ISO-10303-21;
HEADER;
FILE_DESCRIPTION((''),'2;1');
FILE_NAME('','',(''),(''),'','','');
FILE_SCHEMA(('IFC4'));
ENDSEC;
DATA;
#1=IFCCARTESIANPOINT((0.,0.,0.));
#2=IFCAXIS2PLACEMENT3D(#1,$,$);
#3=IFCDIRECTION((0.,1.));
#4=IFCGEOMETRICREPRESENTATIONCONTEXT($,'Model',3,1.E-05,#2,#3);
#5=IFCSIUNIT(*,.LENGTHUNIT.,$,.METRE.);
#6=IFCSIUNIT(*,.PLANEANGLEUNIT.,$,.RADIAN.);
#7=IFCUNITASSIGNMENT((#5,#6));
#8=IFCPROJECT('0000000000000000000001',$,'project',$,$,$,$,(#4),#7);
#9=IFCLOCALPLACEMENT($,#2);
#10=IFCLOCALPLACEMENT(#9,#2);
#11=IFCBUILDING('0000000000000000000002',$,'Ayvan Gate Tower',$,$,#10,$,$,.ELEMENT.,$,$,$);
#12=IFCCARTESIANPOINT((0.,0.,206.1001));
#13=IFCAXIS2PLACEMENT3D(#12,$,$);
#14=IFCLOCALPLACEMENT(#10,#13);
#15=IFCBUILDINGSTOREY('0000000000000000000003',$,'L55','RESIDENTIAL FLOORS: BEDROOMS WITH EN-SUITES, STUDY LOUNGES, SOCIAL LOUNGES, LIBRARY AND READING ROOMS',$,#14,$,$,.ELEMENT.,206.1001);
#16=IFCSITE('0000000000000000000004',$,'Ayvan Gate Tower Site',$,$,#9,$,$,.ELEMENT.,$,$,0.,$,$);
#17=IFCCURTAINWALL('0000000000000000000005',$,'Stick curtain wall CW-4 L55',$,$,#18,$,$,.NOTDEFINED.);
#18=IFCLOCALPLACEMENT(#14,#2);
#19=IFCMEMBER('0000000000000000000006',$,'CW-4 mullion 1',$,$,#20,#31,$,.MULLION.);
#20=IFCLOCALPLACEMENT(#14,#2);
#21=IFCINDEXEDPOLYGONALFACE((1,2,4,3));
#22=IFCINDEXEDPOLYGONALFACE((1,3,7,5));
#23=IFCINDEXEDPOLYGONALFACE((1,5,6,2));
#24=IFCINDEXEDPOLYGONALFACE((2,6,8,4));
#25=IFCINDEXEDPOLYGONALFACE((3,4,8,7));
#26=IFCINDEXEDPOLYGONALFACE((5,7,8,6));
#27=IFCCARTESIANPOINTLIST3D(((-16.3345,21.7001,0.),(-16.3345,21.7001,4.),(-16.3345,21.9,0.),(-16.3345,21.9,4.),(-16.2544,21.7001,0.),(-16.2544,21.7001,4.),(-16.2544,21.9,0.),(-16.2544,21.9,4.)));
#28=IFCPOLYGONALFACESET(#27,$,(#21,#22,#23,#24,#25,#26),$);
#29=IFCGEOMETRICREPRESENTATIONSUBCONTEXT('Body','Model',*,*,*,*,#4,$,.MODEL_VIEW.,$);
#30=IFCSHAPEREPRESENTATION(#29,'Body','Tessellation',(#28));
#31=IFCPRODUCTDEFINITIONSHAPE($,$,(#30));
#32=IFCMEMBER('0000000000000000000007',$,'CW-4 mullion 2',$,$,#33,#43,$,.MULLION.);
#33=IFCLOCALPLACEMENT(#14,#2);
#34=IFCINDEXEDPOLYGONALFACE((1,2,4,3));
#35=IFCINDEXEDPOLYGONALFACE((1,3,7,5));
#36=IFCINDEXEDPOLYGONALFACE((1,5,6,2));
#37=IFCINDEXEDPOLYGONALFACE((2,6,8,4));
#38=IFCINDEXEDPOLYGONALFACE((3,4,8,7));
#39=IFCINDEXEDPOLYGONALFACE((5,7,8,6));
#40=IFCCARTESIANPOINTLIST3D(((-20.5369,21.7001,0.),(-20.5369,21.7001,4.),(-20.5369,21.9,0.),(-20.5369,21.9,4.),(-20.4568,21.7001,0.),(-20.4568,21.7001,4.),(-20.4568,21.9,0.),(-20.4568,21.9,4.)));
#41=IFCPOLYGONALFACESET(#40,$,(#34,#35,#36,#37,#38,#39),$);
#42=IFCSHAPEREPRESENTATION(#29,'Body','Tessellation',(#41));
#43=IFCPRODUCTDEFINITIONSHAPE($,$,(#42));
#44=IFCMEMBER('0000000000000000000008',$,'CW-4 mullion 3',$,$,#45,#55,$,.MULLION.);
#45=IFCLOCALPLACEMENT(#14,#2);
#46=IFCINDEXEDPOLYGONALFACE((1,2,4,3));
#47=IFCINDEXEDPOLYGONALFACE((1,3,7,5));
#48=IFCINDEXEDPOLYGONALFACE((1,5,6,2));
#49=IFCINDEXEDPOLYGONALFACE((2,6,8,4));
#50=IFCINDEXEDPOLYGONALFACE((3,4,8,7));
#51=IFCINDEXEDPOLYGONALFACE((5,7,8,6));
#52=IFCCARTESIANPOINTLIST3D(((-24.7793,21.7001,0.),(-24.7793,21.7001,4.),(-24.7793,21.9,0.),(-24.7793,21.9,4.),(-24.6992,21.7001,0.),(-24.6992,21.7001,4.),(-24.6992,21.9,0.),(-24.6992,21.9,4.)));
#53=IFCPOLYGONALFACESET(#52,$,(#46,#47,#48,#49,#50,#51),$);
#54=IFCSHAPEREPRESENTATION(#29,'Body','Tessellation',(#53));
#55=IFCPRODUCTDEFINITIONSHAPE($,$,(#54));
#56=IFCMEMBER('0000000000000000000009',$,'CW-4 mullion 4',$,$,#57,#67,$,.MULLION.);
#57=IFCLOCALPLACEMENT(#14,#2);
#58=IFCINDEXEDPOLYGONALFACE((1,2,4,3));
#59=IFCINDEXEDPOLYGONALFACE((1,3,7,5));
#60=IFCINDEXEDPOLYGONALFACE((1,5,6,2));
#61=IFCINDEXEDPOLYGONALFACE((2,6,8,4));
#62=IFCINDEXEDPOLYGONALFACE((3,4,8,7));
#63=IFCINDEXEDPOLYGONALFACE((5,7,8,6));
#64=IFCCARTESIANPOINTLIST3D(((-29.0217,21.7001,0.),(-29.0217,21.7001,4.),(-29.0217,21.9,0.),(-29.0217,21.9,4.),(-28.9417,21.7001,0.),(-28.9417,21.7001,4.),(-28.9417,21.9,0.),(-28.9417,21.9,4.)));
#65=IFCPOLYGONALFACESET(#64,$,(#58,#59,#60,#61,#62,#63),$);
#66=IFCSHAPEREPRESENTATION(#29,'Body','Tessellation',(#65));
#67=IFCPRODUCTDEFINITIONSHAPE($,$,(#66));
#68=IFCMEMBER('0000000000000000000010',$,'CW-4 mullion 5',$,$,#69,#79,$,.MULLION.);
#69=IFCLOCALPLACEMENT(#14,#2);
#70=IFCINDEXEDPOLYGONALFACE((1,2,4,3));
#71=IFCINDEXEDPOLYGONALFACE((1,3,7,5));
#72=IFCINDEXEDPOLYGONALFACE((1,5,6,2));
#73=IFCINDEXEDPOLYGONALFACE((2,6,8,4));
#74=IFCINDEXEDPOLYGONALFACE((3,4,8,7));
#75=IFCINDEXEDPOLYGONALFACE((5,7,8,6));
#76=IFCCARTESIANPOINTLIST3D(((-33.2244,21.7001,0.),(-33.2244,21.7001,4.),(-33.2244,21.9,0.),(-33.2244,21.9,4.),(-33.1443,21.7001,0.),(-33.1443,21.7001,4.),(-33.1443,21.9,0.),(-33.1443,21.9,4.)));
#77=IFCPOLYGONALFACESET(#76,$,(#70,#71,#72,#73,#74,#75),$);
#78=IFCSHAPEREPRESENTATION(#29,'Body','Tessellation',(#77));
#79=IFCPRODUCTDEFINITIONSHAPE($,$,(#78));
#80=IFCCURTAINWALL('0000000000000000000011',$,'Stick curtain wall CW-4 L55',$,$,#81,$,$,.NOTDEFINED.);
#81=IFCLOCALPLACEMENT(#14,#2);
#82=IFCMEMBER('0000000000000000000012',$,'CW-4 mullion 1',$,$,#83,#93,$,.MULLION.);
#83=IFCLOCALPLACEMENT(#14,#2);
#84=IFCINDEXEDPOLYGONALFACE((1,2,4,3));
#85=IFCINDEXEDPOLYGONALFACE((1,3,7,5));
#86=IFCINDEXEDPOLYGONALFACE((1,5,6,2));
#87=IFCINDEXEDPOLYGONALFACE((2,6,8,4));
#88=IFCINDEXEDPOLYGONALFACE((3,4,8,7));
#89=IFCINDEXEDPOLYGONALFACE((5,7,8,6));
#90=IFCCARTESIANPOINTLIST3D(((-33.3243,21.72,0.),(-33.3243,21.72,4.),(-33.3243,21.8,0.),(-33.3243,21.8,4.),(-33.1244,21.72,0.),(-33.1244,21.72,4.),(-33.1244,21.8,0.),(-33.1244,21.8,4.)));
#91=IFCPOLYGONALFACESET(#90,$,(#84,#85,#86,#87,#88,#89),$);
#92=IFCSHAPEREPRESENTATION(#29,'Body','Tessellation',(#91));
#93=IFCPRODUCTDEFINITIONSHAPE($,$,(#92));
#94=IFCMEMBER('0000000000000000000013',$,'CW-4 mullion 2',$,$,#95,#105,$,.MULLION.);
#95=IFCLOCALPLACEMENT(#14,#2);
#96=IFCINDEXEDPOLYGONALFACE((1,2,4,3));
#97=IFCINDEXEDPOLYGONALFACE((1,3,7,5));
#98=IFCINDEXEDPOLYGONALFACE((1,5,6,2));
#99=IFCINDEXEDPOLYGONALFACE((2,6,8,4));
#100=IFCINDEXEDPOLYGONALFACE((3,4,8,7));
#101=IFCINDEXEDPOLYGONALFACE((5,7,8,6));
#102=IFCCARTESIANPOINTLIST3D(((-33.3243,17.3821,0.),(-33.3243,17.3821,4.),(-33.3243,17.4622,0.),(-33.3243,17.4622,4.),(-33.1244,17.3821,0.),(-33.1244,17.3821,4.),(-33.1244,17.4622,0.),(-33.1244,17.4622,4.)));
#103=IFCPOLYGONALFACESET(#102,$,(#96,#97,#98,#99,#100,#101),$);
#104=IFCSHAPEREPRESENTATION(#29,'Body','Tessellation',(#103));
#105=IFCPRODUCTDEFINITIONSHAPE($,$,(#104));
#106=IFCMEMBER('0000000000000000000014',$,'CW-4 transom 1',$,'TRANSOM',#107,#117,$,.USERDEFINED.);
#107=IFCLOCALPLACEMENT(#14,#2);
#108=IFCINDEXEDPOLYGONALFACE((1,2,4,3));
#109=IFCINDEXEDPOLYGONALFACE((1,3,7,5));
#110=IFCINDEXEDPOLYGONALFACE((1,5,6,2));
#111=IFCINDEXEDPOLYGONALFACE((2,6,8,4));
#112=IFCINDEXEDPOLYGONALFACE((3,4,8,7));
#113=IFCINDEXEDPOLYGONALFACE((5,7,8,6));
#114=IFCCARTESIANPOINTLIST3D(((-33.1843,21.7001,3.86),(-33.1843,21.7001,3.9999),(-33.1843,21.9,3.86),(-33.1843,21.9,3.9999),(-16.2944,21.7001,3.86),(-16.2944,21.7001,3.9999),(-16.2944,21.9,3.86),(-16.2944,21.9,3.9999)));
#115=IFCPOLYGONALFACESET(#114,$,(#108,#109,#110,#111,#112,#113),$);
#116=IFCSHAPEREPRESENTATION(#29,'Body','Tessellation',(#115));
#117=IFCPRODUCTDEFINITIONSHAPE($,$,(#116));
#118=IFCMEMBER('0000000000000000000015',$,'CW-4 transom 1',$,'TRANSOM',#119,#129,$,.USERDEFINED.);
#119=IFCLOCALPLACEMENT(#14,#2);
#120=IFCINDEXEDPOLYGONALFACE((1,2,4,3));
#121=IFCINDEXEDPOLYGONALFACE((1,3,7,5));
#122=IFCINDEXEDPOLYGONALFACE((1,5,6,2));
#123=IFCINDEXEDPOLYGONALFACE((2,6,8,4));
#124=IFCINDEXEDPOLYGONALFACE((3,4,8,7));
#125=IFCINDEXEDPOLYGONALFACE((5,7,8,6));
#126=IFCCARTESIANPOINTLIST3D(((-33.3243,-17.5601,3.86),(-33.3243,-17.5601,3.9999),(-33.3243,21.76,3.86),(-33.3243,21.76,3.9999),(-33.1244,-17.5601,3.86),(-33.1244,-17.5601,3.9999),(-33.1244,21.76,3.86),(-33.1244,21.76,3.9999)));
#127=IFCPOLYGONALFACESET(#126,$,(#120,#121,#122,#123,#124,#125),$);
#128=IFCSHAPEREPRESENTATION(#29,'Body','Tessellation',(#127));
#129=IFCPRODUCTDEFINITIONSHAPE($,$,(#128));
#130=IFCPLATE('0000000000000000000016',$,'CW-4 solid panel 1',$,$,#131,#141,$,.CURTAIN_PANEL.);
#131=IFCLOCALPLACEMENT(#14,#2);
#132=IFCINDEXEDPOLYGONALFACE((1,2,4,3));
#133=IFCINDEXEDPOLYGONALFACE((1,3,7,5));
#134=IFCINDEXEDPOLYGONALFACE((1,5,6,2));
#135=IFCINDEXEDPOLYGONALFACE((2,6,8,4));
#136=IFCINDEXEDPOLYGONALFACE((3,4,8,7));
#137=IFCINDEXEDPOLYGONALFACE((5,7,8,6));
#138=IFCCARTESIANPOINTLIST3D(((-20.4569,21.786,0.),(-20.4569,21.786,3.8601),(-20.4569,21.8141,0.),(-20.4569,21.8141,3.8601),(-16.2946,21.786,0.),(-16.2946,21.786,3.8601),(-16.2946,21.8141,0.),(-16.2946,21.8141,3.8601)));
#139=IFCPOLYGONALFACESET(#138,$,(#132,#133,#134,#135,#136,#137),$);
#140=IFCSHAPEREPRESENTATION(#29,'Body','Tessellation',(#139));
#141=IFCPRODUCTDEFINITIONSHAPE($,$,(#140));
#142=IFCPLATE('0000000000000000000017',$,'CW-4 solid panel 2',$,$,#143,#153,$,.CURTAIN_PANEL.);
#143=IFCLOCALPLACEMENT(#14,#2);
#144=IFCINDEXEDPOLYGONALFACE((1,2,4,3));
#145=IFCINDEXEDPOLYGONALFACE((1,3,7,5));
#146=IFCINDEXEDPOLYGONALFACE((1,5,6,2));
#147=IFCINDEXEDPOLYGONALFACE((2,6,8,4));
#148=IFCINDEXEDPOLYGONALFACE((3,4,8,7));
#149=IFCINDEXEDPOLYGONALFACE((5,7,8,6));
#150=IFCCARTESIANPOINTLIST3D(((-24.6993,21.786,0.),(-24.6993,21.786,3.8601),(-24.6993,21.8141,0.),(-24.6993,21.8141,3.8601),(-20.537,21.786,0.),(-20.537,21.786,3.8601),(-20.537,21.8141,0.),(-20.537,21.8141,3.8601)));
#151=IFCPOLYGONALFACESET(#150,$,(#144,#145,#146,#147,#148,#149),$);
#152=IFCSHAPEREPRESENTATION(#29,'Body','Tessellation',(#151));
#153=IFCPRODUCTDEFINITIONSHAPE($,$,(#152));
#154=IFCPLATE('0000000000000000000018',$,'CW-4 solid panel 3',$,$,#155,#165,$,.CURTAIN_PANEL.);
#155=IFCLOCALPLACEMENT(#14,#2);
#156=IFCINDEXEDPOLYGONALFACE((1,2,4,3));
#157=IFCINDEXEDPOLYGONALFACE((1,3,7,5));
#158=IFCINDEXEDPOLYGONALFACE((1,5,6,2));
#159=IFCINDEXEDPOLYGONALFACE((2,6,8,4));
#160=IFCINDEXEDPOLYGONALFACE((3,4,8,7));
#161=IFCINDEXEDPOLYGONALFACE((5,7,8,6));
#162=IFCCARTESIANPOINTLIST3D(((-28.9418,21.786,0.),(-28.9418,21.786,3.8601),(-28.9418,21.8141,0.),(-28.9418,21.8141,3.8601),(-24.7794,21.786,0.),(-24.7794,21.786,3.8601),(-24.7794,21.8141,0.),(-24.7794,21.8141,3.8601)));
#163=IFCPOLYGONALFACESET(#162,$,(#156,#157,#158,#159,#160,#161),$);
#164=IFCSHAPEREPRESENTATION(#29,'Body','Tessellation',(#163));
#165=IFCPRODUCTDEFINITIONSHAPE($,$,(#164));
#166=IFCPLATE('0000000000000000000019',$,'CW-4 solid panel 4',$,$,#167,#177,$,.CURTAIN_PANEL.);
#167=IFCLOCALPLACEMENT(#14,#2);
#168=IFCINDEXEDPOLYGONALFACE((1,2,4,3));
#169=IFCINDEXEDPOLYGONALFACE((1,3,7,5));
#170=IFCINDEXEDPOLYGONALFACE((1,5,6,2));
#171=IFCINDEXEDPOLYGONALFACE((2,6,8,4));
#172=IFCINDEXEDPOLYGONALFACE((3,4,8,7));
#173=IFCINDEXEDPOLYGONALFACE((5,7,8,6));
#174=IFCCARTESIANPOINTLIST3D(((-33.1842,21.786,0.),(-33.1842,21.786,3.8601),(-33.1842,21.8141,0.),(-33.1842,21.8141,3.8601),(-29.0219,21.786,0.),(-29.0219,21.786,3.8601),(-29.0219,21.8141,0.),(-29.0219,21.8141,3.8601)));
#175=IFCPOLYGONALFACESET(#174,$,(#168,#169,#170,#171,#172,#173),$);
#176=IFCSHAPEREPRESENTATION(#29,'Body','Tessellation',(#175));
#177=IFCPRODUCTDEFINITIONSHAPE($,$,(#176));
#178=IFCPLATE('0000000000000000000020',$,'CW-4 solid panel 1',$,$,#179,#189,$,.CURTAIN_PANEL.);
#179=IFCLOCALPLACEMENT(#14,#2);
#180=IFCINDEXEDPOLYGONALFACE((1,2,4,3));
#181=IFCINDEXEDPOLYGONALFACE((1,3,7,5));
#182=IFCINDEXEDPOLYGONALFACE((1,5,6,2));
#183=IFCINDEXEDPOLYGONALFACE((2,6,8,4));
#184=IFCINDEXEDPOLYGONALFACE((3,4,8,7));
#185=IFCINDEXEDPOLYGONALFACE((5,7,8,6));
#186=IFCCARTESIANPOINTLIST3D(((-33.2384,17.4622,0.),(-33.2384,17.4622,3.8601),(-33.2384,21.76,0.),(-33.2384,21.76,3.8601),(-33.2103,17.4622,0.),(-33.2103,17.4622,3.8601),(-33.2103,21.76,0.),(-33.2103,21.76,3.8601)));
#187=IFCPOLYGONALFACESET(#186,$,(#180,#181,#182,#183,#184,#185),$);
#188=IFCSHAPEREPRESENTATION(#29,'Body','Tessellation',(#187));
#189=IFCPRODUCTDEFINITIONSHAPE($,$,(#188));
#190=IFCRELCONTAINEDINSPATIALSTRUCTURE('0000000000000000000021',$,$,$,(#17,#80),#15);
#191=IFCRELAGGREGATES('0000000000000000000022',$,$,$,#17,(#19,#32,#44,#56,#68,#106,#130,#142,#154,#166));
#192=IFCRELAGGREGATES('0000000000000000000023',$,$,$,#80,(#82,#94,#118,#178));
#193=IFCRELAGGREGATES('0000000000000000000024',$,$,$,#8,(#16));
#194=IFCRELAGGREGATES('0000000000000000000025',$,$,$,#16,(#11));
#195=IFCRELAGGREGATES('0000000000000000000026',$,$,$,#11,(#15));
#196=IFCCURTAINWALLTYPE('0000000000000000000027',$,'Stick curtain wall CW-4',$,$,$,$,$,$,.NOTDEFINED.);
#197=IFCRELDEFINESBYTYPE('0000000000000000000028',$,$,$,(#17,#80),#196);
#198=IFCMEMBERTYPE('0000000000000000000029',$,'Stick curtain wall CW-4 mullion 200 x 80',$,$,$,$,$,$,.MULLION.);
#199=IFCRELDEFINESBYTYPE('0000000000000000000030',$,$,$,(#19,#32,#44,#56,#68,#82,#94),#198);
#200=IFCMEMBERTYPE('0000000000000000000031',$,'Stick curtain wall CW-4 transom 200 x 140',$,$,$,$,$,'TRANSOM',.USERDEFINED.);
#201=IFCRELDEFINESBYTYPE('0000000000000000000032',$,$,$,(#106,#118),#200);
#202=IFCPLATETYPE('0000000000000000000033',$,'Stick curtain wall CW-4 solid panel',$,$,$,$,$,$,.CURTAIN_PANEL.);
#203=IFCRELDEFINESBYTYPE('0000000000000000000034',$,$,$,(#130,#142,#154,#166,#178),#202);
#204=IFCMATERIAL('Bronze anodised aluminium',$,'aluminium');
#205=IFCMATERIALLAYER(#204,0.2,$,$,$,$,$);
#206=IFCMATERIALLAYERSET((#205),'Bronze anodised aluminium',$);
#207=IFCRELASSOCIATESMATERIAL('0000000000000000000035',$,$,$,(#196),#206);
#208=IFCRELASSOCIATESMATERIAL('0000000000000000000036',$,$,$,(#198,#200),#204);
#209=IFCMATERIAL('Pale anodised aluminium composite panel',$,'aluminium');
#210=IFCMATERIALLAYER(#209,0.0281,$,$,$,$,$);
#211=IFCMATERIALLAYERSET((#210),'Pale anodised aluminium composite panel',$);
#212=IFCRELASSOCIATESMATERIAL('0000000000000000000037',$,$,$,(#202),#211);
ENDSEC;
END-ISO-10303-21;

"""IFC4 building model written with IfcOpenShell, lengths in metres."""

from ifc_helpers import new_model, si_unit, direction, frame, origin, origin_2d, place, context, subcontext, project, spatial, rectangle, extrude, material, layer, layer_set, material_profile, profile_set, type_object, element, aggregate, save


model = new_model("IFC4")

# Units and contexts
model_context = context("Model", 3, precision=1e-05, world=origin(), true_north=direction((0.0, 1.0)))
body_context = subcontext(model_context, "Body", "Model", "MODEL_VIEW")
ifc_project = project(units=[si_unit("LENGTHUNIT", "METRE"), si_unit("PLANEANGLEUNIT", "RADIAN")], contexts=[model_context])

# Site, building, storey
site_placement = place(None, origin())
site = spatial("IfcSite", under=ifc_project, at=site_placement, Name="Ayvan Gate Tower Site", CompositionType="ELEMENT", RefElevation=0.0)
building_placement = place(site_placement, origin())
building = spatial("IfcBuilding", under=site, at=building_placement, Name="Ayvan Gate Tower", CompositionType="ELEMENT")
storey_placement = place(building_placement, frame((0.0, 0.0, 206.1001)))
storey = spatial("IfcBuildingStorey", under=building, at=storey_placement, Name="L55", Description="RESIDENTIAL FLOORS: BEDROOMS WITH EN-SUITES, STUDY LOUNGES, SOCIAL LOUNGES, LIBRARY AND READING ROOMS", CompositionType="ELEMENT", Elevation=206.1001)

# Curtain walls, members
ifc_material_1 = material(Name="Bronze anodised aluminium", Category="aluminium")
ifc_layer_1 = layer(ifc_material_1, 0.2)
ifc_layer_set_1 = layer_set([ifc_layer_1], Name="Bronze anodised aluminium")
curtain_wall_type = type_object("IfcCurtainWallType", Name="Stick curtain wall CW-4", PredefinedType="NOTDEFINED", material=ifc_layer_set_1)
curtain_wall_1_placement = place(storey_placement, origin())
curtain_wall_1 = element("IfcCurtainWall", 1, at=curtain_wall_1_placement, inside=storey, type_object=curtain_wall_type, Name="Stick curtain wall CW-4 L55", PredefinedType="NOTDEFINED")
ifc_material_profile_1 = material_profile(ifc_material_1, rectangle(XDim=0.2, YDim=0.0801, at=origin_2d()), Name="Stick curtain wall CW-4 mullion 200 x 80")
ifc_profile_set_1 = profile_set([ifc_material_profile_1], Name="Bronze anodised aluminium")
member_type_1 = type_object("IfcMemberType", Name="Stick curtain wall CW-4 mullion 200 x 80", PredefinedType="MULLION", material=ifc_profile_set_1)
member_1_placement = place(storey_placement, frame((-16.2944, 21.8, 0.0), z_axis=(0.0, 0.0, 1.0), x_axis=(0.0, 1.0, 0.0)))
member_1 = element("IfcMember", 2, at=member_1_placement, type_object=member_type_1, Name="CW-4 mullion 1", PredefinedType="MULLION", context=body_context, shape_type="SweptSolid", body=[
    extrude(rectangle(XDim=0.2, YDim=0.0801, at=origin_2d()), origin(), (0.0, 0.0, 1.0), 4.0),
])
member_2_placement = place(storey_placement, frame((-20.4968, 21.8, 0.0), z_axis=(0.0, 0.0, 1.0), x_axis=(0.0, 1.0, 0.0)))
member_2 = element("IfcMember", 3, at=member_2_placement, type_object=member_type_1, Name="CW-4 mullion 2", PredefinedType="MULLION", context=body_context, shape_type="SweptSolid", body=[
    extrude(rectangle(XDim=0.2, YDim=0.0801, at=origin_2d()), origin(), (0.0, 0.0, 1.0), 4.0),
])
member_3_placement = place(storey_placement, frame((-24.7393, 21.8, 0.0), z_axis=(0.0, 0.0, 1.0), x_axis=(0.0, 1.0, 0.0)))
member_3 = element("IfcMember", 4, at=member_3_placement, type_object=member_type_1, Name="CW-4 mullion 3", PredefinedType="MULLION", context=body_context, shape_type="SweptSolid", body=[
    extrude(rectangle(XDim=0.2, YDim=0.0801, at=origin_2d()), origin(), (0.0, 0.0, 1.0), 4.0),
])
member_4_placement = place(storey_placement, frame((-28.9817, 21.8, 0.0), z_axis=(0.0, 0.0, 1.0), x_axis=(0.0, 1.0, 0.0)))
member_4 = element("IfcMember", 5, at=member_4_placement, type_object=member_type_1, Name="CW-4 mullion 4", PredefinedType="MULLION", context=body_context, shape_type="SweptSolid", body=[
    extrude(rectangle(XDim=0.2, YDim=0.0801, at=origin_2d()), origin(), (0.0, 0.0, 1.0), 4.0),
])
member_5_placement = place(storey_placement, frame((-33.1843, 21.8, 0.0), z_axis=(0.0, 0.0, 1.0), x_axis=(0.0, 1.0, 0.0)))
member_5 = element("IfcMember", 6, at=member_5_placement, type_object=member_type_1, Name="CW-4 mullion 5", PredefinedType="MULLION", context=body_context, shape_type="SweptSolid", body=[
    extrude(rectangle(XDim=0.2, YDim=0.0801, at=origin_2d()), origin(), (0.0, 0.0, 1.0), 4.0),
])
curtain_wall_2_placement = place(storey_placement, origin())
curtain_wall_2 = element("IfcCurtainWall", 7, at=curtain_wall_2_placement, inside=storey, type_object=curtain_wall_type, Name="Stick curtain wall CW-4 L55", PredefinedType="NOTDEFINED")
member_6_placement = place(storey_placement, frame((-33.2244, 21.76, 0.0), z_axis=(0.0, 0.0, 1.0), x_axis=(-1.0, 0.0, 0.0)))
member_6 = element("IfcMember", 8, at=member_6_placement, type_object=member_type_1, Name="CW-4 mullion 1", PredefinedType="MULLION", context=body_context, shape_type="SweptSolid", body=[
    extrude(rectangle(XDim=0.2, YDim=0.0801, at=origin_2d()), origin(), (0.0, 0.0, 1.0), 4.0),
])
member_7_placement = place(storey_placement, frame((-33.2244, 17.4221, 0.0), z_axis=(0.0, 0.0, 1.0), x_axis=(-1.0, 0.0, 0.0)))
member_7 = element("IfcMember", 9, at=member_7_placement, type_object=member_type_1, Name="CW-4 mullion 2", PredefinedType="MULLION", context=body_context, shape_type="SweptSolid", body=[
    extrude(rectangle(XDim=0.2, YDim=0.0801, at=origin_2d()), origin(), (0.0, 0.0, 1.0), 4.0),
])

# Members
ifc_material_profile_2 = material_profile(ifc_material_1, rectangle(XDim=0.2, YDim=0.1399, at=origin_2d()), Name="Stick curtain wall CW-4 transom 200 x 140")
ifc_profile_set_2 = profile_set([ifc_material_profile_2], Name="Bronze anodised aluminium")
member_type_2 = type_object("IfcMemberType", Name="Stick curtain wall CW-4 transom 200 x 140", ElementType="TRANSOM", PredefinedType="USERDEFINED", material=ifc_profile_set_2)
member_8_placement = place(storey_placement, frame((-16.2944, 21.8, 3.9299), z_axis=(-1.0, 0.0, 0.0), x_axis=(0.0, -1.0, 0.0)))
member_8 = element("IfcMember", 10, at=member_8_placement, type_object=member_type_2, Name="CW-4 transom 1", ObjectType="TRANSOM", PredefinedType="USERDEFINED", context=body_context, shape_type="SweptSolid", body=[
    extrude(rectangle(XDim=0.2, YDim=0.1399, at=origin_2d()), origin(), (0.0, 0.0, 1.0), 16.8899),
])
member_9_placement = place(storey_placement, frame((-33.2244, 21.76, 3.9299), z_axis=(0.0, -1.0, 0.0), x_axis=(1.0, 0.0, 0.0)))
member_9 = element("IfcMember", 11, at=member_9_placement, type_object=member_type_2, Name="CW-4 transom 1", ObjectType="TRANSOM", PredefinedType="USERDEFINED", context=body_context, shape_type="SweptSolid", body=[
    extrude(rectangle(XDim=0.2, YDim=0.1399, at=origin_2d()), origin(), (0.0, 0.0, 1.0), 39.3201),
])

# Plates
ifc_material_2 = material(Name="Pale anodised aluminium composite panel", Category="aluminium")
ifc_layer_2 = layer(ifc_material_2, 0.0281)
ifc_layer_set_2 = layer_set([ifc_layer_2], Name="Pale anodised aluminium composite panel")
plate_type = type_object("IfcPlateType", Name="Stick curtain wall CW-4 solid panel", PredefinedType="CURTAIN_PANEL", material=ifc_layer_set_2)
plate_1_placement = place(storey_placement, frame((-18.3757, 21.8, 0.0), z_axis=(0.0, 0.0, 1.0), x_axis=(-1.0, 0.0, 0.0)))
plate_1 = element("IfcPlate", 12, at=plate_1_placement, type_object=plate_type, Name="CW-4 solid panel 1", PredefinedType="CURTAIN_PANEL", context=body_context, shape_type="SweptSolid", body=[
    extrude(rectangle(XDim=4.1624, YDim=0.0281, at=origin_2d()), origin(), (0.0, 0.0, 1.0), 3.8601),
])
plate_2_placement = place(storey_placement, frame((-22.6182, 21.8, 0.0), z_axis=(0.0, 0.0, 1.0), x_axis=(-1.0, 0.0, 0.0)))
plate_2 = element("IfcPlate", 13, at=plate_2_placement, type_object=plate_type, Name="CW-4 solid panel 2", PredefinedType="CURTAIN_PANEL", context=body_context, shape_type="SweptSolid", body=[
    extrude(rectangle(XDim=4.1624, YDim=0.0281, at=origin_2d()), origin(), (0.0, 0.0, 1.0), 3.8601),
])
plate_3_placement = place(storey_placement, frame((-26.8606, 21.8, 0.0), z_axis=(0.0, 0.0, 1.0), x_axis=(-1.0, 0.0, 0.0)))
plate_3 = element("IfcPlate", 14, at=plate_3_placement, type_object=plate_type, Name="CW-4 solid panel 3", PredefinedType="CURTAIN_PANEL", context=body_context, shape_type="SweptSolid", body=[
    extrude(rectangle(XDim=4.1624, YDim=0.0281, at=origin_2d()), origin(), (0.0, 0.0, 1.0), 3.8601),
])
plate_4_placement = place(storey_placement, frame((-31.103, 21.8, 0.0), z_axis=(0.0, 0.0, 1.0), x_axis=(-1.0, 0.0, 0.0)))
plate_4 = element("IfcPlate", 15, at=plate_4_placement, type_object=plate_type, Name="CW-4 solid panel 4", PredefinedType="CURTAIN_PANEL", context=body_context, shape_type="SweptSolid", body=[
    extrude(rectangle(XDim=4.1624, YDim=0.0281, at=origin_2d()), origin(), (0.0, 0.0, 1.0), 3.8601),
])
aggregate(curtain_wall_1, [member_1, member_2, member_3, member_4, member_5, member_8, plate_1, plate_2, plate_3, plate_4])
plate_5_placement = place(storey_placement, frame((-33.2244, 19.6111, 0.0), z_axis=(0.0, 0.0, 1.0), x_axis=(0.0, -1.0, 0.0)))
plate_5 = element("IfcPlate", 16, at=plate_5_placement, type_object=plate_type, Name="CW-4 solid panel 1", PredefinedType="CURTAIN_PANEL", context=body_context, shape_type="SweptSolid", body=[
    extrude(rectangle(XDim=4.2979, YDim=0.0281, at=origin_2d()), origin(), (0.0, 0.0, 1.0), 3.8601),
])
aggregate(curtain_wall_2, [member_6, member_7, member_9, plate_5])

save(model, "model.ifc")
